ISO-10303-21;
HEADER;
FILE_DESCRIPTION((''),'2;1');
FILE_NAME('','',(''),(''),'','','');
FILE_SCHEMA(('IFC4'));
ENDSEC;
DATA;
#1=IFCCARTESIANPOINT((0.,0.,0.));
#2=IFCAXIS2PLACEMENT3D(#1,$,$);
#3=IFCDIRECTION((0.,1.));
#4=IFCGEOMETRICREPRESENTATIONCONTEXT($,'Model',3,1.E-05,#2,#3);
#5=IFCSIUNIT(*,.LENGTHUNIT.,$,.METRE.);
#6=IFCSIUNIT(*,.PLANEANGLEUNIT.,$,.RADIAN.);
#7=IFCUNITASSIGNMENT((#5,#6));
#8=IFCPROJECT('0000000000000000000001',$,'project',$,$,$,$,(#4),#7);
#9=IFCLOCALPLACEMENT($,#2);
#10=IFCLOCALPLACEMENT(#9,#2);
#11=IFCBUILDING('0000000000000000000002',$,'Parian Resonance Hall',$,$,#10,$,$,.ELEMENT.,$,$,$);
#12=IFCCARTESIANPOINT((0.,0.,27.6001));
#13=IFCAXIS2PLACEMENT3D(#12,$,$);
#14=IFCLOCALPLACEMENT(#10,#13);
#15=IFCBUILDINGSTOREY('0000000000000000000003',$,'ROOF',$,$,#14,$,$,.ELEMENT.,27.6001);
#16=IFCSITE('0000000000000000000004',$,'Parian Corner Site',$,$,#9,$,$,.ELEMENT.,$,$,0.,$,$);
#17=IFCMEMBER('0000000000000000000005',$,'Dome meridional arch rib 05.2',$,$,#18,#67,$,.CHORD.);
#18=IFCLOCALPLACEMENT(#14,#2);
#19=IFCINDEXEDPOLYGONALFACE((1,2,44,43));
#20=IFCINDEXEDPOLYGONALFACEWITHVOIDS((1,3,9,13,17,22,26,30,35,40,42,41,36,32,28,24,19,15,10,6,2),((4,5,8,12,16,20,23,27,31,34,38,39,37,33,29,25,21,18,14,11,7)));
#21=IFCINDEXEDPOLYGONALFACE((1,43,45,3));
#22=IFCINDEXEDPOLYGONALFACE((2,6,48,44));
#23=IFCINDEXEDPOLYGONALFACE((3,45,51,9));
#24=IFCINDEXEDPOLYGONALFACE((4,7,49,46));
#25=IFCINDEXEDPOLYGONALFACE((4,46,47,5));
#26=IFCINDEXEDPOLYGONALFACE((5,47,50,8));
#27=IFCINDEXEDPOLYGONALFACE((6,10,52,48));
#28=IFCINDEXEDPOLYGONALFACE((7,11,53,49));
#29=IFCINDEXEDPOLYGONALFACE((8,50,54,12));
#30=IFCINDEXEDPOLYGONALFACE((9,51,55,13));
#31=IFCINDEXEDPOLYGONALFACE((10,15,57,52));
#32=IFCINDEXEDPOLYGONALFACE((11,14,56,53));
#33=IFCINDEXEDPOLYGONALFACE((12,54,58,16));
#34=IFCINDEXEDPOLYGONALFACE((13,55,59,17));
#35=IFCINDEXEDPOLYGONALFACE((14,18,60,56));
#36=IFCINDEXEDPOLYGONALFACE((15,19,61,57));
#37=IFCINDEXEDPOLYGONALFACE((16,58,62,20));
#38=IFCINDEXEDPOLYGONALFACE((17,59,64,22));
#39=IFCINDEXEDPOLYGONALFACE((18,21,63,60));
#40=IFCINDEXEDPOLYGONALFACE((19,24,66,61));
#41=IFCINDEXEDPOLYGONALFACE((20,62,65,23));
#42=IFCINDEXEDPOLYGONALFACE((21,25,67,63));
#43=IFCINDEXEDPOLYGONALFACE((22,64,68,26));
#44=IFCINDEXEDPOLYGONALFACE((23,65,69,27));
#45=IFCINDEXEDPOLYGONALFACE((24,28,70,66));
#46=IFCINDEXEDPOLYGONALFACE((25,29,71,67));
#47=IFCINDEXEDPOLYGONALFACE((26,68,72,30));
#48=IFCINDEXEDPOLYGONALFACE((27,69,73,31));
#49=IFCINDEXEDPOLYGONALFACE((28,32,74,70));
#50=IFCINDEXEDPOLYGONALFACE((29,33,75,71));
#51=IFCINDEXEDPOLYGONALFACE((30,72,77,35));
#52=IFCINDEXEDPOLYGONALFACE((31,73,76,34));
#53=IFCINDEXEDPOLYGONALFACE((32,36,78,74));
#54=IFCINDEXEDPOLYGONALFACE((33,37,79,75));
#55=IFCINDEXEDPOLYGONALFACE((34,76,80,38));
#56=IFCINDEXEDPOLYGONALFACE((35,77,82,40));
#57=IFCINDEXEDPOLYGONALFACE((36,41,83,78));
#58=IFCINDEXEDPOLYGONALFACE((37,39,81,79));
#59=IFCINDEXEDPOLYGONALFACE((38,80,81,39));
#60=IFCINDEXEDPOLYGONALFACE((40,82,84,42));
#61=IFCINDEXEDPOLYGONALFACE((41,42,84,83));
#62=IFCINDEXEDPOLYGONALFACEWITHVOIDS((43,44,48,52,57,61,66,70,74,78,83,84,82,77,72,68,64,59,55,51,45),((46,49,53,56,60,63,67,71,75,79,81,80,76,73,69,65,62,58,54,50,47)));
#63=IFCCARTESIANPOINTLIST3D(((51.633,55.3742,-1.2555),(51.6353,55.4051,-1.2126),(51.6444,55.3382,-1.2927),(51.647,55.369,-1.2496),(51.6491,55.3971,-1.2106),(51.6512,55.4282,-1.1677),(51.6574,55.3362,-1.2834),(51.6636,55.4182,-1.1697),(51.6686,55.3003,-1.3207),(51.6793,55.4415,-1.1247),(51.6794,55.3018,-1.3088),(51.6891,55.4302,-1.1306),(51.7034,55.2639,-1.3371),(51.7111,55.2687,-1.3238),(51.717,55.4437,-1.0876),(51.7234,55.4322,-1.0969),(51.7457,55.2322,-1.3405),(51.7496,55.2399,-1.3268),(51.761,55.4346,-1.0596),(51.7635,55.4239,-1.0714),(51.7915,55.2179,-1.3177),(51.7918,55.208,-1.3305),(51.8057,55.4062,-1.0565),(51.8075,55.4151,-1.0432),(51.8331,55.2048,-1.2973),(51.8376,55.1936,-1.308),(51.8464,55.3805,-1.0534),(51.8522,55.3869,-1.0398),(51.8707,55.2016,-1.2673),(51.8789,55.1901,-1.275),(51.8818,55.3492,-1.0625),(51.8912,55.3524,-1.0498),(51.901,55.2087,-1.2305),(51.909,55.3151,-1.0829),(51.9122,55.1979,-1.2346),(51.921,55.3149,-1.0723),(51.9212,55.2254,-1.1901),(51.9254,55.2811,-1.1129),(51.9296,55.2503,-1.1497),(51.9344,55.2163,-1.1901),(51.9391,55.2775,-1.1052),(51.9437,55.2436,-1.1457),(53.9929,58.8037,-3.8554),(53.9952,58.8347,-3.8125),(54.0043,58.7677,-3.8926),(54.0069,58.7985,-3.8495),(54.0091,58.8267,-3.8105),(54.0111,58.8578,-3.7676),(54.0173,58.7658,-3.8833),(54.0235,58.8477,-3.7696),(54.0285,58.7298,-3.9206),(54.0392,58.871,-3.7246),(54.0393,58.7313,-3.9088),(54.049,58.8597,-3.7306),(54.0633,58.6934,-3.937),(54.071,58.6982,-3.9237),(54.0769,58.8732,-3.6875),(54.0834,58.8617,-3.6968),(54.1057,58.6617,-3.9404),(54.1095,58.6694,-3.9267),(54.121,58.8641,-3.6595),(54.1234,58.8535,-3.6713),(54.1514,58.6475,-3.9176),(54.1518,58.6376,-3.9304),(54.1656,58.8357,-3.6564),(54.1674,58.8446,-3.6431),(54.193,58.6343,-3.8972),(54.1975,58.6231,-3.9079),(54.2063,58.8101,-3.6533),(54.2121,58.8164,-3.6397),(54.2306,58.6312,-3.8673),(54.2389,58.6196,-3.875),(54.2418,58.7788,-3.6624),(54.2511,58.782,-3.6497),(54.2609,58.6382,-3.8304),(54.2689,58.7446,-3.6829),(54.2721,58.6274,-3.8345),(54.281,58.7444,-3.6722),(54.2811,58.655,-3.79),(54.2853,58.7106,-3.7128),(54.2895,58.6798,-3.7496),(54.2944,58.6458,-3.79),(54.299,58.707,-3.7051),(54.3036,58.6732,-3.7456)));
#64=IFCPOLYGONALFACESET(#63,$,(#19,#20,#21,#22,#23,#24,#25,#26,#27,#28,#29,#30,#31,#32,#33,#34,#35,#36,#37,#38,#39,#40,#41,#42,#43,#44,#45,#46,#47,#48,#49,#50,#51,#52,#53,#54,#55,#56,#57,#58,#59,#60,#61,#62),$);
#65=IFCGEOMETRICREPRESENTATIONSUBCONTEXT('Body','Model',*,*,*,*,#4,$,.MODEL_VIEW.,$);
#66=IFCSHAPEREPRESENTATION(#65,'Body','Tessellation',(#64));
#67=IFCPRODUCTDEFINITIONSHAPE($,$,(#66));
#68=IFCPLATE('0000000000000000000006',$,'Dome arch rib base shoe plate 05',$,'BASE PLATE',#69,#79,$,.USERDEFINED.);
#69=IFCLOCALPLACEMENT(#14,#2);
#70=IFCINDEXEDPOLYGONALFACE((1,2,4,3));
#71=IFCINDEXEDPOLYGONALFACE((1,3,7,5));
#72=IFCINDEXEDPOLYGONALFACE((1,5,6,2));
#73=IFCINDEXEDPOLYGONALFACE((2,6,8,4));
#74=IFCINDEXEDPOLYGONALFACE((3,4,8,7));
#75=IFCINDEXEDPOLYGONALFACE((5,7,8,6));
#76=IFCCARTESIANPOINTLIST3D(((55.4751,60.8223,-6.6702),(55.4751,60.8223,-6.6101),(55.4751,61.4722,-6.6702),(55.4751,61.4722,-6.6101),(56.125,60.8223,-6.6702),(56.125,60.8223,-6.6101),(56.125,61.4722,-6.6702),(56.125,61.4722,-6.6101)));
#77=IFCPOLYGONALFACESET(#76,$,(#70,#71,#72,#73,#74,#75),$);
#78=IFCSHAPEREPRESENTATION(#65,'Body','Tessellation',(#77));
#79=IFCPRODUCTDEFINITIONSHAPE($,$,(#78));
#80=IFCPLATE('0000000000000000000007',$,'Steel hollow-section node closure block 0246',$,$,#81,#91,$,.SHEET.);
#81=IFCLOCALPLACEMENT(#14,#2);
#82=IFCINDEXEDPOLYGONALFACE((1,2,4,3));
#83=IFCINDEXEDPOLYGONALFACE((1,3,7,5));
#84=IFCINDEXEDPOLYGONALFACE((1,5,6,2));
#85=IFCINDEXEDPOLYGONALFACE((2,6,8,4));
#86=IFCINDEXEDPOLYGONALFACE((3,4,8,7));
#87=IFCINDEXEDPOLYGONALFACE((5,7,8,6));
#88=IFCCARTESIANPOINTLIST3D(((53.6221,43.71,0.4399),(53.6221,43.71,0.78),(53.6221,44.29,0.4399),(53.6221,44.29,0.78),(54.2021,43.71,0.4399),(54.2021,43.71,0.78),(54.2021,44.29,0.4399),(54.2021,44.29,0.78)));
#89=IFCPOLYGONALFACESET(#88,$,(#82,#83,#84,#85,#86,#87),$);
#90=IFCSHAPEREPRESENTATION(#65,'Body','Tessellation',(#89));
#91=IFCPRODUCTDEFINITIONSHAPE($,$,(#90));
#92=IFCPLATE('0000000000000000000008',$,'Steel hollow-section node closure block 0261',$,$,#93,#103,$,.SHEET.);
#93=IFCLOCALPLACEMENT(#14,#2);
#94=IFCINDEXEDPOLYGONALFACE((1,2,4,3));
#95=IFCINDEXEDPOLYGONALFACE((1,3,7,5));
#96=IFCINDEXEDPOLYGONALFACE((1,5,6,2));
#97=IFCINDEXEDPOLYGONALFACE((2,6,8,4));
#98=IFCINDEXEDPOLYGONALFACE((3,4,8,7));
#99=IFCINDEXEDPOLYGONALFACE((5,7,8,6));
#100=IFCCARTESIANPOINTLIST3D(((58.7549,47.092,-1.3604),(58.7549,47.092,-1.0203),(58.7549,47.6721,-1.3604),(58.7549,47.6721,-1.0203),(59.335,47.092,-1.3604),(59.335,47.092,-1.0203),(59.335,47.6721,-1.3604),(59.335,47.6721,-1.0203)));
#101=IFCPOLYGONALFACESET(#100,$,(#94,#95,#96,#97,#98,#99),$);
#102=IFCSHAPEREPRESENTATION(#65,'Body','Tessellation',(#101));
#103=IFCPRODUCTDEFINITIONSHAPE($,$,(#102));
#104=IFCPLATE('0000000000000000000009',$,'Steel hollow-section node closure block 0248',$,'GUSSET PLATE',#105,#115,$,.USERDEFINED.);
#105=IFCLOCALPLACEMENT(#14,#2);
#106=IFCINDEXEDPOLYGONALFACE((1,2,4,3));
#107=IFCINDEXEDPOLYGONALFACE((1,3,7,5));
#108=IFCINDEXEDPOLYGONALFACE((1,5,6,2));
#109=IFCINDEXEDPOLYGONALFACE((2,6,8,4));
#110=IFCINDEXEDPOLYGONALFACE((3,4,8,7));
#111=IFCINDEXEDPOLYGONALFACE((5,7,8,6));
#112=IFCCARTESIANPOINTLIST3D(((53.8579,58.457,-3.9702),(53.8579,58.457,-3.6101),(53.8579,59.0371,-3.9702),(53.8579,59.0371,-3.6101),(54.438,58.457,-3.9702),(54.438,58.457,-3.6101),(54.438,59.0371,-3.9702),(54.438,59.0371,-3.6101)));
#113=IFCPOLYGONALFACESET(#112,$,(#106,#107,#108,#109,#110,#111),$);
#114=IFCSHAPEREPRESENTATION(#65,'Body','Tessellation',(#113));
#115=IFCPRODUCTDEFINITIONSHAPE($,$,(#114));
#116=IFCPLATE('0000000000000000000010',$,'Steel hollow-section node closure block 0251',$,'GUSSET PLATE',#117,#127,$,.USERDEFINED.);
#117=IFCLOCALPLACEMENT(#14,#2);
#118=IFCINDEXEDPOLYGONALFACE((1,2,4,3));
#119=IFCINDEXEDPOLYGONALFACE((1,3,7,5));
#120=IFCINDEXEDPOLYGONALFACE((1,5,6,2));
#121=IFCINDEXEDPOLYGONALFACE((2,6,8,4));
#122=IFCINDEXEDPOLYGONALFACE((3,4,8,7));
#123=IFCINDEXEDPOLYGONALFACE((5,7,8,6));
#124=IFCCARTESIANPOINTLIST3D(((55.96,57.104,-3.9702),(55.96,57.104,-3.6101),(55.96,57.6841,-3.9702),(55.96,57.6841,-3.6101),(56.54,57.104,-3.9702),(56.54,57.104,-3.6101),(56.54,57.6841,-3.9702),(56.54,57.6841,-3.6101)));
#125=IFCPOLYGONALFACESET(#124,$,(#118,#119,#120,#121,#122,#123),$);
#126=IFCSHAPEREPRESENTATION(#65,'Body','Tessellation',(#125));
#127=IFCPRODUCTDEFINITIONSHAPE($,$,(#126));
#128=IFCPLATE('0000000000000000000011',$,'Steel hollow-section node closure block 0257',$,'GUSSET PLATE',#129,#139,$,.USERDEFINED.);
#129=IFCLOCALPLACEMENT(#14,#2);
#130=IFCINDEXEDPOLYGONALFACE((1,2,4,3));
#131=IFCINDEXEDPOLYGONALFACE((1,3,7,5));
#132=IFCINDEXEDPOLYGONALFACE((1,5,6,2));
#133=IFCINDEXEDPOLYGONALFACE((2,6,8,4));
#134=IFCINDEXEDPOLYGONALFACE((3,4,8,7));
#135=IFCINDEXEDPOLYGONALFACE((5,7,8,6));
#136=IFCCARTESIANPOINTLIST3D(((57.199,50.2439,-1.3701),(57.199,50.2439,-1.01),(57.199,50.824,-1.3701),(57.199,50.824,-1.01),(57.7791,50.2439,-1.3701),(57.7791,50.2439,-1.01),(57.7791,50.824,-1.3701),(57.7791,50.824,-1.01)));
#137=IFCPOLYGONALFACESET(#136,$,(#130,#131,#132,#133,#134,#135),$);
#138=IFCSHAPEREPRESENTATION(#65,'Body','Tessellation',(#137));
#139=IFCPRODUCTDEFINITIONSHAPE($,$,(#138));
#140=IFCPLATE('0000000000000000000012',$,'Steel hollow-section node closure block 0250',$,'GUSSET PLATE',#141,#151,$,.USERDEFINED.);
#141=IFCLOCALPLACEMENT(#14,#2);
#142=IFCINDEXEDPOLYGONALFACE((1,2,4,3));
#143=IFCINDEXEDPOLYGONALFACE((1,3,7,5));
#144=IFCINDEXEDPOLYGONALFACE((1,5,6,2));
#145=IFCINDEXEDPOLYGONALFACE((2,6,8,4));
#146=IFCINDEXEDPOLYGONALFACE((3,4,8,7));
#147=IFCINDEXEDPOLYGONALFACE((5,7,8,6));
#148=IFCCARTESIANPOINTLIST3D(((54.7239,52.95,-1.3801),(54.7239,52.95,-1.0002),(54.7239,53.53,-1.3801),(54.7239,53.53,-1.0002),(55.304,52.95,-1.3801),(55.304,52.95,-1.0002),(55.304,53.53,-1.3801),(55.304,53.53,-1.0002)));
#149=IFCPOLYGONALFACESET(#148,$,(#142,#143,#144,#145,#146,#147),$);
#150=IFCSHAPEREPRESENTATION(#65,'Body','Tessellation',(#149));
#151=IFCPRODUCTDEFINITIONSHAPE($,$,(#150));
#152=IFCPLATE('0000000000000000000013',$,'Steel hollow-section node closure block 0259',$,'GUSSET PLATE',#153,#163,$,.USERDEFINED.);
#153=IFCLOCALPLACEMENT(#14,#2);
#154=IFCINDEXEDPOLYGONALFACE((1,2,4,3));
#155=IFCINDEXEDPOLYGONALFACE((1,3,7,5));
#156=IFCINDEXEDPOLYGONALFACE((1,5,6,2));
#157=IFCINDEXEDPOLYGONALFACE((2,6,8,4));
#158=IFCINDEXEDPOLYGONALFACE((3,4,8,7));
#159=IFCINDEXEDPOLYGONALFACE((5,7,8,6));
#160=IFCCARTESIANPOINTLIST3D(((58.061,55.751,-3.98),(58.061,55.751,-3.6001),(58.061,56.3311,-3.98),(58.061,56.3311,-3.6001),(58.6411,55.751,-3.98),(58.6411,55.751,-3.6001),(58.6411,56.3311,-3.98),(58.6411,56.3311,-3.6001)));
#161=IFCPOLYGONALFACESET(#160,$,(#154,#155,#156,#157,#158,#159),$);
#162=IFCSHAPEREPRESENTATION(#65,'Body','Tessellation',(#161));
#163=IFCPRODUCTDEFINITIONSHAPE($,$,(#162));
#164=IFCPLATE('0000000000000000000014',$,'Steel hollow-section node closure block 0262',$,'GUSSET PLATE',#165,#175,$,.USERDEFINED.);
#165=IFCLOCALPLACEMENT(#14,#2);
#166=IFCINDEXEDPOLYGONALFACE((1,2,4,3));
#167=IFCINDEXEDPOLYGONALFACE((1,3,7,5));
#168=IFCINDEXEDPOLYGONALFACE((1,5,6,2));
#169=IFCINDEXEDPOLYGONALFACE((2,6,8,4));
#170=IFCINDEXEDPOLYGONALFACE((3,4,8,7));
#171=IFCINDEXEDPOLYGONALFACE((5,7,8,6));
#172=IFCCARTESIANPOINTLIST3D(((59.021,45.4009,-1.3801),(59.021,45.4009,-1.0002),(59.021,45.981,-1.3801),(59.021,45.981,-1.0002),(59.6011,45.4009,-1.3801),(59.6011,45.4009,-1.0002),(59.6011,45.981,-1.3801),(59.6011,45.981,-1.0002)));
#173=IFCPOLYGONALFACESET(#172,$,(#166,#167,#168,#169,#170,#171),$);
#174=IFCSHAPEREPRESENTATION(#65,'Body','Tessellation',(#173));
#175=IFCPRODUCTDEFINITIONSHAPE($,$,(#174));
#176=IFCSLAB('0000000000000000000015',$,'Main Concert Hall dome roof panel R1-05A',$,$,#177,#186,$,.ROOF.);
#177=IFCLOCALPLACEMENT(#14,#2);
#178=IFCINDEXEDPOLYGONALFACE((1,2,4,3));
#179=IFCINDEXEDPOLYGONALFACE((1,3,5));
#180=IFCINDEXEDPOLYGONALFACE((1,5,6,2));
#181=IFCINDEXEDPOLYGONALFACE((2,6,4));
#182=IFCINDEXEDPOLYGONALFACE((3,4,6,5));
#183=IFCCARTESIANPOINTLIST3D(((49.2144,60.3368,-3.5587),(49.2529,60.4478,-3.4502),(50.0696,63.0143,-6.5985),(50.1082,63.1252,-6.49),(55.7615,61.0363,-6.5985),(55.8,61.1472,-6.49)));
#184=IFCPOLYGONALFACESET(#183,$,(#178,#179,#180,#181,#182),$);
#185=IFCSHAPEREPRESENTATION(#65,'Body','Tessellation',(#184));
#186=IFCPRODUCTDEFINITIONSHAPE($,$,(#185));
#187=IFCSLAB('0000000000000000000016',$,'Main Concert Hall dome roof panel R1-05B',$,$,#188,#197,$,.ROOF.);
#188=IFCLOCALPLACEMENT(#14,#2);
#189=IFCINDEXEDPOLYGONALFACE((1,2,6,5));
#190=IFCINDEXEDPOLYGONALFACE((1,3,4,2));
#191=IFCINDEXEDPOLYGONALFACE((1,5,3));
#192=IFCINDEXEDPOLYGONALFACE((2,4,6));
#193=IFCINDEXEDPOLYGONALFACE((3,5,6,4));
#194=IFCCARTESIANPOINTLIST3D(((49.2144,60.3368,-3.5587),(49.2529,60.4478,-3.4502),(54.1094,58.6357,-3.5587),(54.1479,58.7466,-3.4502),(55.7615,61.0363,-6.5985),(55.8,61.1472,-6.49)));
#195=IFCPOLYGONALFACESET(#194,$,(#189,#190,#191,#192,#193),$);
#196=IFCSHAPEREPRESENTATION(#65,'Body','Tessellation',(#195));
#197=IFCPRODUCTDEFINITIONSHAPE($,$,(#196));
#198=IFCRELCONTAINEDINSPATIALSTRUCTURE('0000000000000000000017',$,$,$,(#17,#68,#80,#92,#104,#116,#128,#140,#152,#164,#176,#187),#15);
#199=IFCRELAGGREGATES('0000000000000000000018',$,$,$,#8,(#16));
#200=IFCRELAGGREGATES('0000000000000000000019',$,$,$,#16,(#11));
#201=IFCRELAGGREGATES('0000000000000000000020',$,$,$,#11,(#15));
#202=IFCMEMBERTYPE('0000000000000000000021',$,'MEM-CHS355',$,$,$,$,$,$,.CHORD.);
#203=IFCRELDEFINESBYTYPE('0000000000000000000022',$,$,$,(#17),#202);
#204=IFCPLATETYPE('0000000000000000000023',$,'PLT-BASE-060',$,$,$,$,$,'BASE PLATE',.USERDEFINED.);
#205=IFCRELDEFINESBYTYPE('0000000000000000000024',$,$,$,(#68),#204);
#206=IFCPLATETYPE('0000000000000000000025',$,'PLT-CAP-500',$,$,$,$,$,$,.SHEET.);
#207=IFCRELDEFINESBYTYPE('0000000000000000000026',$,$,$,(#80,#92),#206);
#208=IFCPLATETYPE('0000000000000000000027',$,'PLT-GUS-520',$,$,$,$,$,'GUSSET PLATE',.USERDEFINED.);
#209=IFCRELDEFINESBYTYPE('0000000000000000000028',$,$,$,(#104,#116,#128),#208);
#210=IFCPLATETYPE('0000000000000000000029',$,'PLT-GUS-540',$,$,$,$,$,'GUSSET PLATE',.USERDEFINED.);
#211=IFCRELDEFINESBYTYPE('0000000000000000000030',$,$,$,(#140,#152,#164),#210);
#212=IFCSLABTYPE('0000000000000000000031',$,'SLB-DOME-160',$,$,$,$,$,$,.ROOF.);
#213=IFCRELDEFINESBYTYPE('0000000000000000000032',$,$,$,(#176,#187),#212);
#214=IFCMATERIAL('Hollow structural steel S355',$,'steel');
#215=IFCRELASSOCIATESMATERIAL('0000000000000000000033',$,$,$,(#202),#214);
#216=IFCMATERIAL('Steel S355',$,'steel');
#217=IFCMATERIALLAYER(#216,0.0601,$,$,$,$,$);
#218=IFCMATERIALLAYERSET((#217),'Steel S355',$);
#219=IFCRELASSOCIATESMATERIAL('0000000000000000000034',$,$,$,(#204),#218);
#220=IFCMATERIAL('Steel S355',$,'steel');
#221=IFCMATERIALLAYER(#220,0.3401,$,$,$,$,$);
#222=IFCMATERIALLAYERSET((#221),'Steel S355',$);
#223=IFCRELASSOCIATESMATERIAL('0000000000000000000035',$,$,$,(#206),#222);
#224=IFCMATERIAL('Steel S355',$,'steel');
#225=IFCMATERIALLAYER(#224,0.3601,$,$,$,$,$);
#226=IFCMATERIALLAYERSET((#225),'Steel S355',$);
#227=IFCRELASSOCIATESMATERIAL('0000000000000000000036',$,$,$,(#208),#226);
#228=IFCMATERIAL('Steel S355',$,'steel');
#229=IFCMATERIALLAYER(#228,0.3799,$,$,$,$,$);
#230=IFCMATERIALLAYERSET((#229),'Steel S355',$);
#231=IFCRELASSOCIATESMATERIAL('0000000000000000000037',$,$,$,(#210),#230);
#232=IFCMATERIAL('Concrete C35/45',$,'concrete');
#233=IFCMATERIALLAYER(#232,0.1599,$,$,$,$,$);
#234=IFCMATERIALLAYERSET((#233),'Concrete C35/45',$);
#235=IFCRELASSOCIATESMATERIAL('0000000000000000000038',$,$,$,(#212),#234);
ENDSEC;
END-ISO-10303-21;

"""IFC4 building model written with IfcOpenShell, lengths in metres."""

from ifc_helpers import new_model, si_unit, direction, frame, origin, origin_2d, place, context, subcontext, project, spatial, polyline, rectangle, hollow_circle, outline, extrude, material, layer, layer_set, material_profile, profile_set, type_object, element, save


model = new_model("IFC4")

# Units and contexts
model_context = context("Model", 3, precision=1e-05, world=origin(), true_north=direction((0.0, 1.0)))
body_context = subcontext(model_context, "Body", "Model", "MODEL_VIEW")
ifc_project = project(units=[si_unit("LENGTHUNIT", "METRE"), si_unit("PLANEANGLEUNIT", "RADIAN")], contexts=[model_context])

# Site, building, storey
site_placement = place(None, origin())
site = spatial("IfcSite", under=ifc_project, at=site_placement, Name="Parian Corner Site", CompositionType="ELEMENT", RefElevation=0.0)
building_placement = place(site_placement, origin())
building = spatial("IfcBuilding", under=site, at=building_placement, Name="Parian Resonance Hall", CompositionType="ELEMENT")
storey_placement = place(building_placement, frame((0.0, 0.0, 27.6001)))
storey = spatial("IfcBuildingStorey", under=building, at=storey_placement, Name="ROOF", CompositionType="ELEMENT", Elevation=27.6001)

# Member
ifc_material_1 = material(Name="Hollow structural steel S355", Category="steel")
ifc_material_profile_1 = material_profile(ifc_material_1, hollow_circle(Radius=0.1777, WallThickness=0.0161, at=origin_2d()), Name="CHS355.6x16")
ifc_profile_set_1 = profile_set([ifc_material_profile_1], Name="Hollow structural steel S355")
member_type_1 = type_object("IfcMemberType", Name="MEM-CHS355", PredefinedType="CHORD", material=ifc_profile_set_1)
member_1_placement = place(storey_placement, frame((54.1479, 58.7466, -3.79), z_axis=(-0.480812, -0.698734, 0.529709), x_axis=(0.823804, -0.566875, 0.0)))
element("IfcMember", 1, at=member_1_placement, inside=storey, type_object=member_type_1, Name="Dome meridional arch rib 05.2", PredefinedType="CHORD", context=body_context, shape_type="SweptSolid", body=[
    extrude(hollow_circle(Radius=0.1777, WallThickness=0.0161, at=origin_2d()), origin(), (0.0, 0.0, 1.0), 4.9082),
])

# Plates
ifc_material_2 = material(Name="Steel S355", Category="steel")
ifc_layer_1 = layer(ifc_material_2, 0.0601)
ifc_layer_set_1 = layer_set([ifc_layer_1], Name="Steel S355")
plate_type_1 = type_object("IfcPlateType", Name="PLT-BASE-060", ElementType="BASE PLATE", PredefinedType="USERDEFINED", material=ifc_layer_set_1)
plate_placement = place(storey_placement, frame((55.8, 61.1472, -6.6702), z_axis=(0.0, 0.0, 1.0), x_axis=(1.0, 0.0, 0.0)))
element("IfcPlate", 2, at=plate_placement, inside=storey, type_object=plate_type_1, Name="Dome arch rib base shoe plate 05", ObjectType="BASE PLATE", PredefinedType="USERDEFINED", context=body_context, shape_type="SweptSolid", body=[
    extrude(rectangle(XDim=0.6499, YDim=0.6499, at=origin_2d()), origin(), (0.0, 0.0, 1.0), 0.0601),
])
ifc_material_3 = material(Name="Steel S355", Category="steel")
ifc_layer_2 = layer(ifc_material_3, 0.3401)
ifc_layer_set_2 = layer_set([ifc_layer_2], Name="Steel S355")
plate_type_2 = type_object("IfcPlateType", Name="PLT-CAP-500", PredefinedType="SHEET", material=ifc_layer_set_2)
for number, where, z_axis, x_axis, name in (
    (3, (53.9121, 44.0, 0.4399), (0.0, 0.0, 1.0), (1.0, 0.0, 0.0), "Steel hollow-section node closure block 0246"),
    (4, (59.0449, 47.3821, -1.3604), (0.0, 0.0, 1.0), (1.0, 0.0, 0.0), "Steel hollow-section node closure block 0261"),
):
    element("IfcPlate", number, at=place(storey_placement, frame(where, z_axis=z_axis, x_axis=x_axis)), inside=storey, type_object=plate_type_2, Name=name, PredefinedType="SHEET", context=body_context, shape_type="SweptSolid", body=[
        extrude(rectangle(XDim=0.5801, YDim=0.5801, at=origin_2d()), origin(), (0.0, 0.0, 1.0), 0.3401),
    ])
ifc_material_4 = material(Name="Steel S355", Category="steel")
ifc_layer_3 = layer(ifc_material_4, 0.3601)
ifc_layer_set_3 = layer_set([ifc_layer_3], Name="Steel S355")
plate_type_3 = type_object("IfcPlateType", Name="PLT-GUS-520", ElementType="GUSSET PLATE", PredefinedType="USERDEFINED", material=ifc_layer_set_3)
for number, where, z_axis, x_axis, name in (
    (5, (54.1479, 58.7471, -3.9702), (0.0, 0.0, 1.0), (1.0, 0.0, 0.0), "Steel hollow-section node closure block 0248"),
    (6, (56.25, 57.394, -3.9702), (0.0, 0.0, 1.0), (1.0, 0.0, 0.0), "Steel hollow-section node closure block 0251"),
    (7, (57.489, 50.5339, -1.3701), (0.0, 0.0, 1.0), (1.0, 0.0, 0.0), "Steel hollow-section node closure block 0257"),
):
    element("IfcPlate", number, at=place(storey_placement, frame(where, z_axis=z_axis, x_axis=x_axis)), inside=storey, type_object=plate_type_3, Name=name, ObjectType="GUSSET PLATE", PredefinedType="USERDEFINED", context=body_context, shape_type="SweptSolid", body=[
        extrude(rectangle(XDim=0.5801, YDim=0.5801, at=origin_2d()), origin(), (0.0, 0.0, 1.0), 0.3601),
    ])
ifc_material_5 = material(Name="Steel S355", Category="steel")
ifc_layer_4 = layer(ifc_material_5, 0.3799)
ifc_layer_set_4 = layer_set([ifc_layer_4], Name="Steel S355")
plate_type_4 = type_object("IfcPlateType", Name="PLT-GUS-540", ElementType="GUSSET PLATE", PredefinedType="USERDEFINED", material=ifc_layer_set_4)
for number, where, z_axis, x_axis, name in (
    (8, (55.0139, 53.24, -1.3801), (0.0, 0.0, 1.0), (1.0, 0.0, 0.0), "Steel hollow-section node closure block 0250"),
    (9, (58.3511, 56.041, -3.98), (0.0, 0.0, 1.0), (1.0, 0.0, 0.0), "Steel hollow-section node closure block 0259"),
    (10, (59.311, 45.6909, -1.3801), (0.0, 0.0, 1.0), (1.0, 0.0, 0.0), "Steel hollow-section node closure block 0262"),
):
    element("IfcPlate", number, at=place(storey_placement, frame(where, z_axis=z_axis, x_axis=x_axis)), inside=storey, type_object=plate_type_4, Name=name, ObjectType="GUSSET PLATE", PredefinedType="USERDEFINED", context=body_context, shape_type="SweptSolid", body=[
        extrude(rectangle(XDim=0.5801, YDim=0.5801, at=origin_2d()), origin(), (0.0, 0.0, 1.0), 0.3799),
    ])

# Slabs
ifc_material_6 = material(Name="Concrete C35/45", Category="concrete")
ifc_layer_5 = layer(ifc_material_6, 0.1599)
ifc_layer_set_5 = layer_set([ifc_layer_5], Name="Concrete C35/45")
slab_type = type_object("IfcSlabType", Name="SLB-DOME-160", PredefinedType="ROOF", material=ifc_layer_set_5)
slab_1_placement = place(storey_placement, frame((55.8, 61.1472, -6.49), z_axis=(0.241052, 0.693643, 0.678788), x_axis=(-0.944587, 0.32826, 0.0)))
element("IfcSlab", 11, at=slab_1_placement, inside=storey, type_object=slab_type, Name="Main Concert Hall dome roof panel R1-05A", PredefinedType="ROOF", context=body_context, shape_type="SweptSolid", body=[
    extrude(outline(polyline([(0.0, 0.0), (6.0258, 0.0), (5.9547, 4.1395), (0.0, 0.0)])), origin(), (0.0, 0.0, -1.0), 0.1599),
])
slab_2_placement = place(storey_placement, frame((55.8, 61.1472, -6.49), z_axis=(0.241058, 0.693631, 0.678798), x_axis=(-0.902777, -0.096448, 0.419155)))
element("IfcSlab", 12, at=slab_2_placement, inside=storey, type_object=slab_type, Name="Main Concert Hall dome roof panel R1-05B", PredefinedType="ROOF", context=body_context, shape_type="SweptSolid", body=[
    extrude(outline(polyline([(0.0, 0.0), (7.2522, 0.0), (2.9972, 2.958), (0.0, 0.0)])), origin(), (0.0, 0.0, -1.0), 0.1599),
])

save(model, "model.ifc")
